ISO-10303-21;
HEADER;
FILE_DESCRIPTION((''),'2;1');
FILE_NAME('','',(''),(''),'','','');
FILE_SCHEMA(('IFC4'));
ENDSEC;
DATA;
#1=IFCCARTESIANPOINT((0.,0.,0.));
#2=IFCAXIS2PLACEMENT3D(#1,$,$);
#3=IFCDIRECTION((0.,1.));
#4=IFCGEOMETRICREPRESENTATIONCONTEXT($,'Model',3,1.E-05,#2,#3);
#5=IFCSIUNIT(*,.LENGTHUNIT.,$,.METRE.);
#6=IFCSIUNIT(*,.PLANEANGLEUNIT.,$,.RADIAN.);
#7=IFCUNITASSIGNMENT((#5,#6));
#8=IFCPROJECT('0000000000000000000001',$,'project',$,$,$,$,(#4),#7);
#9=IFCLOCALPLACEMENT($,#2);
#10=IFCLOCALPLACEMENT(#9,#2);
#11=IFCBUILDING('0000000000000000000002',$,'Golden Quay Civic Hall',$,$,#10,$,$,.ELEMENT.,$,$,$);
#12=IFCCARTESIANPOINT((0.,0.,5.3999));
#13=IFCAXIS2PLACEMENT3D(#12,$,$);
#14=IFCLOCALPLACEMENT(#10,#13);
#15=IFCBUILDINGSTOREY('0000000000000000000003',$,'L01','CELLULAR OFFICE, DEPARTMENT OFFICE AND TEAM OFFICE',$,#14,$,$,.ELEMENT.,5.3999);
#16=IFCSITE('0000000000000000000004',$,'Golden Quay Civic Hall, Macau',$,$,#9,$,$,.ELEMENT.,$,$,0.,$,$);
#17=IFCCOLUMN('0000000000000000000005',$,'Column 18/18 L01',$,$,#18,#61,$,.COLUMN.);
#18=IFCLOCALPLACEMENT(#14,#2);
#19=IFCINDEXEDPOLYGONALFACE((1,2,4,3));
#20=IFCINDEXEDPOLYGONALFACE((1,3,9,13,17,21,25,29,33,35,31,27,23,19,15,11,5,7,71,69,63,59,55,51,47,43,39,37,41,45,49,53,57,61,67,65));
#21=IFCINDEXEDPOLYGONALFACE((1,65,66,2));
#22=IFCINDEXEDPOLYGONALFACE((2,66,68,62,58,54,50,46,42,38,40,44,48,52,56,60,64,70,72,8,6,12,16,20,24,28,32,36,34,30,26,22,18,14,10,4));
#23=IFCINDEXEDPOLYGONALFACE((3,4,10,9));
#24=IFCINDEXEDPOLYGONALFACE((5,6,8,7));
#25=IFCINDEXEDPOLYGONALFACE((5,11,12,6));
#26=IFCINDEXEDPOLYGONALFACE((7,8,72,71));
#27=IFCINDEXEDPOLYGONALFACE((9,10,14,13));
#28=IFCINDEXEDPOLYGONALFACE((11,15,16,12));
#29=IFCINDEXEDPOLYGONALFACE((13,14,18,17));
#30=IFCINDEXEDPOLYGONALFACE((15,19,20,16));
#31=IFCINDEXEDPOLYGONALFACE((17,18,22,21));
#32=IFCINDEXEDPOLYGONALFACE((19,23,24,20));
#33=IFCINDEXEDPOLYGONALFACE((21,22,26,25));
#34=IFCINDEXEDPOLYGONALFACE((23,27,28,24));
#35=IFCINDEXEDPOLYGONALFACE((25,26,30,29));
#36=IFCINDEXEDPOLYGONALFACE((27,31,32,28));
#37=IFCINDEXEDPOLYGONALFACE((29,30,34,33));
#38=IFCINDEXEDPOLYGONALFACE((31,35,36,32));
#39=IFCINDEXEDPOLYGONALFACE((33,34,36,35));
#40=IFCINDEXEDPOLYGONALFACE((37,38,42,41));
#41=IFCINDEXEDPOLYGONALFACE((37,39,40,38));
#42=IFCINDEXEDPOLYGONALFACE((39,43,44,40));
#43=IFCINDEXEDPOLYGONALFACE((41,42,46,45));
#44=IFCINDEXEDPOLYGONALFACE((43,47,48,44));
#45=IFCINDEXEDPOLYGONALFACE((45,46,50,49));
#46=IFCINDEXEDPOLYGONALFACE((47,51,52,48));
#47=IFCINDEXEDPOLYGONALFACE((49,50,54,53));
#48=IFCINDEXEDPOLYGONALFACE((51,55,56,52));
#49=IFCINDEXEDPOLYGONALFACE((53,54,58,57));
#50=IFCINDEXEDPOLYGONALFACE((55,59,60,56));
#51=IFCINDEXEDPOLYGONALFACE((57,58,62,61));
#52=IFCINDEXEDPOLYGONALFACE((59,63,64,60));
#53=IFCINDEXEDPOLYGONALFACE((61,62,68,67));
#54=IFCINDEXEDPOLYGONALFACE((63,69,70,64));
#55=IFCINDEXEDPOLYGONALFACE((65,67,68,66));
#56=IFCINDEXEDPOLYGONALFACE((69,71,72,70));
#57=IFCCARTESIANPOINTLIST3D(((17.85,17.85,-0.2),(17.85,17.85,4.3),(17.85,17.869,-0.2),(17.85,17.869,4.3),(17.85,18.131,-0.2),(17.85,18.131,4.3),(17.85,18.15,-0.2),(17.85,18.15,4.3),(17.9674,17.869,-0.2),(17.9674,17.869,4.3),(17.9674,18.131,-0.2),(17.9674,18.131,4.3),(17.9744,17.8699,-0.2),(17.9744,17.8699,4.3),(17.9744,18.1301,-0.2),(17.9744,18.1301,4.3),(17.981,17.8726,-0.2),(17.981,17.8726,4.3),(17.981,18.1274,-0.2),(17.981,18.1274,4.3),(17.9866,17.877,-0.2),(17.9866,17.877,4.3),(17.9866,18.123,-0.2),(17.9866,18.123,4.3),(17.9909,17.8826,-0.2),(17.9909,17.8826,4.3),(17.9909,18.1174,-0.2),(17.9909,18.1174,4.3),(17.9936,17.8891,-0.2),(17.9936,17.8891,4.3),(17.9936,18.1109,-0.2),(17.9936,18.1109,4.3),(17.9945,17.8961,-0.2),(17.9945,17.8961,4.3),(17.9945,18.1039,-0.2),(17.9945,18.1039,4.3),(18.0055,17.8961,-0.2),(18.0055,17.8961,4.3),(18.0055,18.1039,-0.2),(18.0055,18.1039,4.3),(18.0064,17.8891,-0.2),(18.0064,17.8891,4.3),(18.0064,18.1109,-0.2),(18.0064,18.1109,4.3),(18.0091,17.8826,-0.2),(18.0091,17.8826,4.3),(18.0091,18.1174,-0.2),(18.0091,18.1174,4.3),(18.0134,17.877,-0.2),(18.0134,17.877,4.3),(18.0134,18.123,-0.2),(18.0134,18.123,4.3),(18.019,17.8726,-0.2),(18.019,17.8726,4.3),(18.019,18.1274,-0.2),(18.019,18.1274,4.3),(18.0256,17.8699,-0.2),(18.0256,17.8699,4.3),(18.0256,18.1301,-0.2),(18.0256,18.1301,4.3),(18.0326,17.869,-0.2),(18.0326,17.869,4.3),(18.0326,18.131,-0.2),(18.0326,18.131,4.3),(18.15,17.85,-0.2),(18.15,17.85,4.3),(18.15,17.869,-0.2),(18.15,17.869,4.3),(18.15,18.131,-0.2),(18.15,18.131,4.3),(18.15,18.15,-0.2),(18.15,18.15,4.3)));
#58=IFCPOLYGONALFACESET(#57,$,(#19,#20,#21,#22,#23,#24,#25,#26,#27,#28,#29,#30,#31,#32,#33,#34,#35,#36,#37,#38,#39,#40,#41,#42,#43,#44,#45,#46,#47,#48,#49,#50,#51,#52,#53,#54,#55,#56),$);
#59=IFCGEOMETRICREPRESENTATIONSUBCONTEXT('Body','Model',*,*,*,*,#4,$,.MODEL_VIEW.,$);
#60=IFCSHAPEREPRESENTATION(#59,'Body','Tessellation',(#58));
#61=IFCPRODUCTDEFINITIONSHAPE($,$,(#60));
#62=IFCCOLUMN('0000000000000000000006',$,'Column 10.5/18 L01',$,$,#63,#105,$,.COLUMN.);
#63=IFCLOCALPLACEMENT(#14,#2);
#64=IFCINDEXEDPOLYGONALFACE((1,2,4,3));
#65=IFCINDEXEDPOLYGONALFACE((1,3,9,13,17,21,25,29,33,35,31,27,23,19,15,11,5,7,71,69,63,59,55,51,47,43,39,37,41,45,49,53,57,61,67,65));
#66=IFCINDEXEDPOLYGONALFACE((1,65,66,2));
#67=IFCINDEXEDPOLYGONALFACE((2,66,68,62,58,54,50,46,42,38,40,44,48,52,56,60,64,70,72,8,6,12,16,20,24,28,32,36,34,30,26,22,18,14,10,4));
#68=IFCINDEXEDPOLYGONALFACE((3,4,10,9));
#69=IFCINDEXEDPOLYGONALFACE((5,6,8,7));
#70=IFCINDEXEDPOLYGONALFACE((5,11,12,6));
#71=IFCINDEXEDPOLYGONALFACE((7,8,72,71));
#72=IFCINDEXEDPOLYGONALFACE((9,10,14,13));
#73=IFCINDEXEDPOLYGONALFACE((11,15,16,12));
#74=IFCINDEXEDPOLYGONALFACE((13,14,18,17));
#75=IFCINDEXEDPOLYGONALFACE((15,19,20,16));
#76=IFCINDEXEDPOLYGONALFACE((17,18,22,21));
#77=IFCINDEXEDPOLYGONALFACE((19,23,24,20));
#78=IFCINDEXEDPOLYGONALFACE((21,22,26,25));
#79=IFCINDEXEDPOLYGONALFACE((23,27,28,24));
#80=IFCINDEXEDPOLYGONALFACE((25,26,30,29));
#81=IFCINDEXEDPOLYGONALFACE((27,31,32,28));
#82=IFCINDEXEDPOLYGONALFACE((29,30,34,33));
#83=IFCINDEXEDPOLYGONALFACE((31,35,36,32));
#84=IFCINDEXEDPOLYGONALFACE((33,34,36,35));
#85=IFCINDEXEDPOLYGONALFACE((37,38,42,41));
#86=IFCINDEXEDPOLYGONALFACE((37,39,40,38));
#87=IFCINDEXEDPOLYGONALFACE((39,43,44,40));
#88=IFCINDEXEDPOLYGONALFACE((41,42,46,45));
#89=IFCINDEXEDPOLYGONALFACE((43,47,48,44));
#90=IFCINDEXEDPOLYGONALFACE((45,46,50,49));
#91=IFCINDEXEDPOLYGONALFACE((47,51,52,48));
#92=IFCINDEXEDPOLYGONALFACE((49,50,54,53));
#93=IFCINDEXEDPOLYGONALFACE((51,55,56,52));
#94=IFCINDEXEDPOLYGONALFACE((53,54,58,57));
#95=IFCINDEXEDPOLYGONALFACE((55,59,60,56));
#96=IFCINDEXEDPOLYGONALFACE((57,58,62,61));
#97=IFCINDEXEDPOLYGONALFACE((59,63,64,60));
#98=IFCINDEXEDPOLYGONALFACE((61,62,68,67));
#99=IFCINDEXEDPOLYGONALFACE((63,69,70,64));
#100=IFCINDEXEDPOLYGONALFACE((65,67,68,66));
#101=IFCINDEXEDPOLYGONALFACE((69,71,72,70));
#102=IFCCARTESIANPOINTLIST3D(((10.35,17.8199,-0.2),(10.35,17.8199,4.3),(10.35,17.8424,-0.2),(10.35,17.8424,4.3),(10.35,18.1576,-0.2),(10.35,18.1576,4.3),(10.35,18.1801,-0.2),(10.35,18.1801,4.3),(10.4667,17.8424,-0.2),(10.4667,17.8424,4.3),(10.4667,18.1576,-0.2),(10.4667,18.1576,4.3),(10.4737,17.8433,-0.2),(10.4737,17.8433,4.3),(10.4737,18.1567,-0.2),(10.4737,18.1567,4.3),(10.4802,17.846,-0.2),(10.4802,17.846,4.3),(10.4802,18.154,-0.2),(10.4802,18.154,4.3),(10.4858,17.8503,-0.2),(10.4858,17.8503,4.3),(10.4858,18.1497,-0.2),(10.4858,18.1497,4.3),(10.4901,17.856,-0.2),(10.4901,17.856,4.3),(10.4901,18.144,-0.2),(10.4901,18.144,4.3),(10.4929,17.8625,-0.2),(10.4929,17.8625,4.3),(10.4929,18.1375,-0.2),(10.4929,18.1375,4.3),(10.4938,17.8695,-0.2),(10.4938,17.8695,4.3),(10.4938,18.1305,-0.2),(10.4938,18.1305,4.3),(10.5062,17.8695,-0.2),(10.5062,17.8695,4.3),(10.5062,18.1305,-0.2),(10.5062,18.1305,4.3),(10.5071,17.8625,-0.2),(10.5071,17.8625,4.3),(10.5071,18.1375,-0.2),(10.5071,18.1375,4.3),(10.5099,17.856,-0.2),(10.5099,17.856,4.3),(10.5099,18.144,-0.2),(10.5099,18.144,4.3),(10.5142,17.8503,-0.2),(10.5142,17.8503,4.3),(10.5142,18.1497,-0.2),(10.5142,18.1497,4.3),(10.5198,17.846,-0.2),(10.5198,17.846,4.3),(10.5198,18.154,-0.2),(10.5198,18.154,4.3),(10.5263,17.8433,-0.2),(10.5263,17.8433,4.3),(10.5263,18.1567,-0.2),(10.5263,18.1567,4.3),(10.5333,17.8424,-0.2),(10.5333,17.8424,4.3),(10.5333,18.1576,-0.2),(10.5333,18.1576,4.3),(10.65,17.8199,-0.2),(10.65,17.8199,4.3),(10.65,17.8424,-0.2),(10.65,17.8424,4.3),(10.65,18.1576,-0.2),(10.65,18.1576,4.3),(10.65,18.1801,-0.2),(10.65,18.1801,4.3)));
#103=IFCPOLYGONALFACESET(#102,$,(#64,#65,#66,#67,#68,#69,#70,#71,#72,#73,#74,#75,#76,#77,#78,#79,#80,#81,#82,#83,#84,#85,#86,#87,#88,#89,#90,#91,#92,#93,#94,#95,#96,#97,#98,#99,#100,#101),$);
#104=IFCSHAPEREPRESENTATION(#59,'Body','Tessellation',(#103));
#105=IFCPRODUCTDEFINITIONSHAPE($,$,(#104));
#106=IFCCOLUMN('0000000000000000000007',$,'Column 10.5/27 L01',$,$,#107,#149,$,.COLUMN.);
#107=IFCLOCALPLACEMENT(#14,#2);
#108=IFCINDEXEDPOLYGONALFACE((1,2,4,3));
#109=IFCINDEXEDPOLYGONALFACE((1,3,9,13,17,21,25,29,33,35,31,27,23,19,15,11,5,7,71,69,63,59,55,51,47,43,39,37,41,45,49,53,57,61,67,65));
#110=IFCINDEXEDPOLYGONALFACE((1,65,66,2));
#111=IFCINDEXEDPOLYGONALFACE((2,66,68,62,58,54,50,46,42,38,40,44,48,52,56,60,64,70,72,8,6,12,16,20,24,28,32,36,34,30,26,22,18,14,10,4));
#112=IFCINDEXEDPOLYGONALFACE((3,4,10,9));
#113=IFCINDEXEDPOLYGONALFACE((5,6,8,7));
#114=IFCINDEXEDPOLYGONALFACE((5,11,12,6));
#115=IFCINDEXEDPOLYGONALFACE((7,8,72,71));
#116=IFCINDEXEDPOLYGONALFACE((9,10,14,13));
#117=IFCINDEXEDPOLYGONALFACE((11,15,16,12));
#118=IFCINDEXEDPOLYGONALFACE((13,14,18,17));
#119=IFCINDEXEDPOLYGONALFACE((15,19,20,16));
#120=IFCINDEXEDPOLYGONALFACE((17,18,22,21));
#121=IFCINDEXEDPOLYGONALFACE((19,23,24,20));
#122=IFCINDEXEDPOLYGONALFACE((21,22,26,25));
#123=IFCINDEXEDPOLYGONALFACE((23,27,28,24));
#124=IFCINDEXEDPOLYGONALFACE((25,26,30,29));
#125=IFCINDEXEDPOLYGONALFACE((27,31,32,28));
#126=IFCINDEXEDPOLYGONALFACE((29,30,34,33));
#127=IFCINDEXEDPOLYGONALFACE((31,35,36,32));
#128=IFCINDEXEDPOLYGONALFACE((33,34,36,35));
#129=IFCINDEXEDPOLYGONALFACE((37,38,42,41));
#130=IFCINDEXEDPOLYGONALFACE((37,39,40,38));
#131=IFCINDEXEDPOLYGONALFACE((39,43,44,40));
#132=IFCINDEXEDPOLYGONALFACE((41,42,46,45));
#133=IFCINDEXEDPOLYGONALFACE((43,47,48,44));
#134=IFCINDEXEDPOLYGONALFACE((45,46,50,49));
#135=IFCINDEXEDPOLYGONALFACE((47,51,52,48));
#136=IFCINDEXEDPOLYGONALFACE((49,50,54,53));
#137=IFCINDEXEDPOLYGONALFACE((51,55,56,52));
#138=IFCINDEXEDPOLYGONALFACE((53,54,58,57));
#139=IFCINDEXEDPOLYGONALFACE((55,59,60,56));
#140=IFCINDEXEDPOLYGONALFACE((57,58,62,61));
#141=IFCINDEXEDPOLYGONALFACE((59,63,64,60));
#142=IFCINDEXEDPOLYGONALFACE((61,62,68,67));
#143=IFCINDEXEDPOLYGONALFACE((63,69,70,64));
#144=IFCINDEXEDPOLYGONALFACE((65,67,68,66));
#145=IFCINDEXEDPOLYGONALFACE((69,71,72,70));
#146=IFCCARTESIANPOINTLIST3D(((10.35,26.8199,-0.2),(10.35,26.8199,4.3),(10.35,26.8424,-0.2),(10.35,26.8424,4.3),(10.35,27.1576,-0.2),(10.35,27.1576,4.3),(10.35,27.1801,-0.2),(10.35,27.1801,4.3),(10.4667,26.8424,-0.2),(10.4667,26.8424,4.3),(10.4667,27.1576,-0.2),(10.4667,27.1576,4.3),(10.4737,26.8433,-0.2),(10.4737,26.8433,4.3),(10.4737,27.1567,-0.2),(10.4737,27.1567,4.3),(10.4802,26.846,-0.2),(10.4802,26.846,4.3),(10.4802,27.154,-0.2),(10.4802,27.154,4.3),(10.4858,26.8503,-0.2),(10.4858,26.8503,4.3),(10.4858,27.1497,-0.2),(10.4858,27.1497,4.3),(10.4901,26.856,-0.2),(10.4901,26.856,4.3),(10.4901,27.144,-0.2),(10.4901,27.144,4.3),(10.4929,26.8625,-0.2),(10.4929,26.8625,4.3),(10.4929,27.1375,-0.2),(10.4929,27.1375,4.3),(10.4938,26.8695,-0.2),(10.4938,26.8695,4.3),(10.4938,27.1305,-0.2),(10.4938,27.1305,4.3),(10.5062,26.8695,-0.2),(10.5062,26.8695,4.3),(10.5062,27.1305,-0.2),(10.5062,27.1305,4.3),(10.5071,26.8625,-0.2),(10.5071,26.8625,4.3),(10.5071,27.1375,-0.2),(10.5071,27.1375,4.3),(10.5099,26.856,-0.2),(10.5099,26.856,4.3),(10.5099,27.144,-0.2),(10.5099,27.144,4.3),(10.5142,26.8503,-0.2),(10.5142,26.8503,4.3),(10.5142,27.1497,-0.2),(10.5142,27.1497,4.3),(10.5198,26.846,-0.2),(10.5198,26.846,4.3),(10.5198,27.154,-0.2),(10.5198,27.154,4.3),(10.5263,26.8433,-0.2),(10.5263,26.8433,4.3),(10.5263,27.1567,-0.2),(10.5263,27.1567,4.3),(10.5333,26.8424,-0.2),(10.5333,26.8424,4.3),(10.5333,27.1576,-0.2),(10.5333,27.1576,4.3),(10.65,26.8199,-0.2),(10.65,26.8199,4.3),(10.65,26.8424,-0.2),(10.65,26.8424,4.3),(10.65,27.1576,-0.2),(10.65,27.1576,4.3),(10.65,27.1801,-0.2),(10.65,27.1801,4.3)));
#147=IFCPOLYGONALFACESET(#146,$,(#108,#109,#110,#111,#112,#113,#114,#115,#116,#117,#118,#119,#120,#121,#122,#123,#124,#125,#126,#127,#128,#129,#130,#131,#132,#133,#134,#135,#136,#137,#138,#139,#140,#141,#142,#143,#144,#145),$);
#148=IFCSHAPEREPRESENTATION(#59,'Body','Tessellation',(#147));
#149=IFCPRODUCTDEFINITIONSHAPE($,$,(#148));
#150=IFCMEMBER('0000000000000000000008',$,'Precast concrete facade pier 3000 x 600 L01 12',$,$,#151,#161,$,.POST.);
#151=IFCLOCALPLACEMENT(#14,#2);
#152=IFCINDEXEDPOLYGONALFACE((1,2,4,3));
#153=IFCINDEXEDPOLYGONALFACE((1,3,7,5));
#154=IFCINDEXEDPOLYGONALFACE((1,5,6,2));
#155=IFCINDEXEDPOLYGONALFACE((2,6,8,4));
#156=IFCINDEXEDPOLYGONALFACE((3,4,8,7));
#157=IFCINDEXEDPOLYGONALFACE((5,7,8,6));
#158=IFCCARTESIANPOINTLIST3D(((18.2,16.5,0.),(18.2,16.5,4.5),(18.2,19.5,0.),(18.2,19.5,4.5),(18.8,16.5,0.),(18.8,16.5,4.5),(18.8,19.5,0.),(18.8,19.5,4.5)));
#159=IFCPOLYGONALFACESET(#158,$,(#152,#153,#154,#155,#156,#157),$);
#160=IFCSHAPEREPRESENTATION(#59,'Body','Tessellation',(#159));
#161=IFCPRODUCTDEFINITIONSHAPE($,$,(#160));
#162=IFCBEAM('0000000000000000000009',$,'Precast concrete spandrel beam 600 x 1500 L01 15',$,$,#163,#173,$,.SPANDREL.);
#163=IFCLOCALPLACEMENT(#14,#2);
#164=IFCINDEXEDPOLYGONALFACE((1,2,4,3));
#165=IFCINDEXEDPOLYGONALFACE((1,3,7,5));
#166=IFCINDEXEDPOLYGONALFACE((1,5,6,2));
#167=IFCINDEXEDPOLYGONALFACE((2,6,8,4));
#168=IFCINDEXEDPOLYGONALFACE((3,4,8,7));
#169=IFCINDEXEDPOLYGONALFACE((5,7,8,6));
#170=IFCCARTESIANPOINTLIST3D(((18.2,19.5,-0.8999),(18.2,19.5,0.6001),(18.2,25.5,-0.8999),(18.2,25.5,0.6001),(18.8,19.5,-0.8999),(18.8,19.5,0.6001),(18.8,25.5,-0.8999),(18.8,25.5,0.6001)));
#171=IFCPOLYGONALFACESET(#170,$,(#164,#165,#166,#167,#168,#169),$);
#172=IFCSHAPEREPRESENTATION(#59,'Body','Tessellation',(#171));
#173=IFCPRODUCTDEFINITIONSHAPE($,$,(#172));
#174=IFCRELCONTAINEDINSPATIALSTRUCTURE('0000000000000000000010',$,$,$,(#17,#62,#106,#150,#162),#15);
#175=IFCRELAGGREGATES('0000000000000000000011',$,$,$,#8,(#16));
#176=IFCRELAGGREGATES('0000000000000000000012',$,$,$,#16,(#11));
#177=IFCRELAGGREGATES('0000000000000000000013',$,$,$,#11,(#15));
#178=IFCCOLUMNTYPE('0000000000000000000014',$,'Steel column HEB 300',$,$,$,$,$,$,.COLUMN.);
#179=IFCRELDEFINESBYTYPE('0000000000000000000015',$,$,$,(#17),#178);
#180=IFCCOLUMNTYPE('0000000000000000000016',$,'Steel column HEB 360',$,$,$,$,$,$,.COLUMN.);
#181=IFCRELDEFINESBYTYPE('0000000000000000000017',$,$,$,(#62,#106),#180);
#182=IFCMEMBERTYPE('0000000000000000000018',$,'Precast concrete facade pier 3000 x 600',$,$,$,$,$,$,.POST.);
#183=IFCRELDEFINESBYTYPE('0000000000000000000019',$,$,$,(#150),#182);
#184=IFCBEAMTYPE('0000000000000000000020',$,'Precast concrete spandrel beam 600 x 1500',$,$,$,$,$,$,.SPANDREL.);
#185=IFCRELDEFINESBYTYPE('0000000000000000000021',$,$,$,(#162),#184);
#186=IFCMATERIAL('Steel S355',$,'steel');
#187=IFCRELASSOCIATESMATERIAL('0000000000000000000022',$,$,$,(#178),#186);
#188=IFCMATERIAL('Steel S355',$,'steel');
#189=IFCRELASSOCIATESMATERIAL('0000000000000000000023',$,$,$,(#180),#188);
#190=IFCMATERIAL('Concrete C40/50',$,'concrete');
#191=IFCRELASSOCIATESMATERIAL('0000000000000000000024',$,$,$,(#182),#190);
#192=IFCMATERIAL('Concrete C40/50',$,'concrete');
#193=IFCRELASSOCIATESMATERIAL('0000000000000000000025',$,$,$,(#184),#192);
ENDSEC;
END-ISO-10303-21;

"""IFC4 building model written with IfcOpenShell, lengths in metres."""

from ifc_helpers import new_model, si_unit, direction, frame, origin, origin_2d, place, context, subcontext, project, spatial, rectangle, i_section, extrude, material, material_profile, profile_set, type_object, element, save


model = new_model("IFC4")

# Units and contexts
model_context = context("Model", 3, precision=1e-05, world=origin(), true_north=direction((0.0, 1.0)))
body_context = subcontext(model_context, "Body", "Model", "MODEL_VIEW")
ifc_project = project(units=[si_unit("LENGTHUNIT", "METRE"), si_unit("PLANEANGLEUNIT", "RADIAN")], contexts=[model_context])

# Site, building, storey
site_placement = place(None, origin())
site = spatial("IfcSite", under=ifc_project, at=site_placement, Name="Golden Quay Civic Hall, Macau", CompositionType="ELEMENT", RefElevation=0.0)
building_placement = place(site_placement, origin())
building = spatial("IfcBuilding", under=site, at=building_placement, Name="Golden Quay Civic Hall", CompositionType="ELEMENT")
storey_placement = place(building_placement, frame((0.0, 0.0, 5.3999)))
storey = spatial("IfcBuildingStorey", under=building, at=storey_placement, Name="L01", Description="CELLULAR OFFICE, DEPARTMENT OFFICE AND TEAM OFFICE", CompositionType="ELEMENT", Elevation=5.3999)

# Columns
ifc_material_1 = material(Name="Steel S355", Category="steel")
ifc_material_profile_1 = material_profile(ifc_material_1, i_section(OverallWidth=0.3, OverallDepth=0.3, WebThickness=0.011, FlangeThickness=0.019, FilletRadius=0.0271, at=origin_2d()), Name="HEB 300")
ifc_profile_set_1 = profile_set([ifc_material_profile_1], Name="Steel S355")
column_type_1 = type_object("IfcColumnType", Name="Steel column HEB 300", PredefinedType="COLUMN", material=ifc_profile_set_1)
column_placement = place(storey_placement, frame((18.0, 18.0, -0.2), z_axis=(0.0, 0.0, 1.0), x_axis=(1.0, 0.0, 0.0)))
element("IfcColumn", 1, at=column_placement, inside=storey, type_object=column_type_1, Name="Column 18/18 L01", PredefinedType="COLUMN", context=body_context, shape_type="SweptSolid", body=[
    extrude(i_section(OverallWidth=0.3, OverallDepth=0.3, WebThickness=0.011, FlangeThickness=0.019, FilletRadius=0.0271, at=origin_2d()), origin(), (0.0, 0.0, 1.0), 4.5),
])
ifc_material_2 = material(Name="Steel S355", Category="steel")
ifc_material_profile_2 = material_profile(ifc_material_2, i_section(OverallWidth=0.3, OverallDepth=0.3601, WebThickness=0.0125, FlangeThickness=0.0225, FilletRadius=0.0271, at=origin_2d()), Name="HEB 360")
ifc_profile_set_2 = profile_set([ifc_material_profile_2], Name="Steel S355")
column_type_2 = type_object("IfcColumnType", Name="Steel column HEB 360", PredefinedType="COLUMN", material=ifc_profile_set_2)
for number, where, z_axis, x_axis, name in (
    (2, (10.5, 18.0, -0.2), (0.0, 0.0, 1.0), (1.0, 0.0, 0.0), "Column 10.5/18 L01"),
    (3, (10.5, 27.0, -0.2), (0.0, 0.0, 1.0), (1.0, 0.0, 0.0), "Column 10.5/27 L01"),
):
    element("IfcColumn", number, at=place(storey_placement, frame(where, z_axis=z_axis, x_axis=x_axis)), inside=storey, type_object=column_type_2, Name=name, PredefinedType="COLUMN", context=body_context, shape_type="SweptSolid", body=[
        extrude(i_section(OverallWidth=0.3, OverallDepth=0.3601, WebThickness=0.0125, FlangeThickness=0.0225, FilletRadius=0.0271, at=origin_2d()), origin(), (0.0, 0.0, 1.0), 4.5),
    ])

# Member
ifc_material_3 = material(Name="Concrete C40/50", Category="concrete")
ifc_material_profile_3 = material_profile(ifc_material_3, rectangle(XDim=3.0, YDim=0.6001, at=origin_2d()), Name="RC 3000x600")
ifc_profile_set_3 = profile_set([ifc_material_profile_3], Name="Concrete C40/50")
member_type = type_object("IfcMemberType", Name="Precast concrete facade pier 3000 x 600", PredefinedType="POST", material=ifc_profile_set_3)
member_placement = place(storey_placement, frame((18.5, 18.0, 0.0), z_axis=(0.0, 0.0, 1.0), x_axis=(0.0, 1.0, 0.0)))
element("IfcMember", 4, at=member_placement, inside=storey, type_object=member_type, Name="Precast concrete facade pier 3000 x 600 L01 12", PredefinedType="POST", context=body_context, shape_type="SweptSolid", body=[
    extrude(rectangle(XDim=3.0, YDim=0.6001, at=origin_2d()), origin(), (0.0, 0.0, 1.0), 4.5),
])

# Beam
ifc_material_4 = material(Name="Concrete C40/50", Category="concrete")
ifc_material_profile_4 = material_profile(ifc_material_4, rectangle(XDim=0.6001, YDim=1.5, at=origin_2d()), Name="RC 600x1500")
ifc_profile_set_4 = profile_set([ifc_material_profile_4], Name="Concrete C40/50")
beam_type_1 = type_object("IfcBeamType", Name="Precast concrete spandrel beam 600 x 1500", PredefinedType="SPANDREL", material=ifc_profile_set_4)
beam_1_placement = place(storey_placement, frame((18.5, 19.5, -0.1499), z_axis=(0.0, 1.0, 0.0), x_axis=(-1.0, 0.0, 0.0)))
element("IfcBeam", 5, at=beam_1_placement, inside=storey, type_object=beam_type_1, Name="Precast concrete spandrel beam 600 x 1500 L01 15", PredefinedType="SPANDREL", context=body_context, shape_type="SweptSolid", body=[
    extrude(rectangle(XDim=0.6001, YDim=1.5, at=origin_2d()), origin(), (0.0, 0.0, 1.0), 6.0),
])

save(model, "model.ifc")
